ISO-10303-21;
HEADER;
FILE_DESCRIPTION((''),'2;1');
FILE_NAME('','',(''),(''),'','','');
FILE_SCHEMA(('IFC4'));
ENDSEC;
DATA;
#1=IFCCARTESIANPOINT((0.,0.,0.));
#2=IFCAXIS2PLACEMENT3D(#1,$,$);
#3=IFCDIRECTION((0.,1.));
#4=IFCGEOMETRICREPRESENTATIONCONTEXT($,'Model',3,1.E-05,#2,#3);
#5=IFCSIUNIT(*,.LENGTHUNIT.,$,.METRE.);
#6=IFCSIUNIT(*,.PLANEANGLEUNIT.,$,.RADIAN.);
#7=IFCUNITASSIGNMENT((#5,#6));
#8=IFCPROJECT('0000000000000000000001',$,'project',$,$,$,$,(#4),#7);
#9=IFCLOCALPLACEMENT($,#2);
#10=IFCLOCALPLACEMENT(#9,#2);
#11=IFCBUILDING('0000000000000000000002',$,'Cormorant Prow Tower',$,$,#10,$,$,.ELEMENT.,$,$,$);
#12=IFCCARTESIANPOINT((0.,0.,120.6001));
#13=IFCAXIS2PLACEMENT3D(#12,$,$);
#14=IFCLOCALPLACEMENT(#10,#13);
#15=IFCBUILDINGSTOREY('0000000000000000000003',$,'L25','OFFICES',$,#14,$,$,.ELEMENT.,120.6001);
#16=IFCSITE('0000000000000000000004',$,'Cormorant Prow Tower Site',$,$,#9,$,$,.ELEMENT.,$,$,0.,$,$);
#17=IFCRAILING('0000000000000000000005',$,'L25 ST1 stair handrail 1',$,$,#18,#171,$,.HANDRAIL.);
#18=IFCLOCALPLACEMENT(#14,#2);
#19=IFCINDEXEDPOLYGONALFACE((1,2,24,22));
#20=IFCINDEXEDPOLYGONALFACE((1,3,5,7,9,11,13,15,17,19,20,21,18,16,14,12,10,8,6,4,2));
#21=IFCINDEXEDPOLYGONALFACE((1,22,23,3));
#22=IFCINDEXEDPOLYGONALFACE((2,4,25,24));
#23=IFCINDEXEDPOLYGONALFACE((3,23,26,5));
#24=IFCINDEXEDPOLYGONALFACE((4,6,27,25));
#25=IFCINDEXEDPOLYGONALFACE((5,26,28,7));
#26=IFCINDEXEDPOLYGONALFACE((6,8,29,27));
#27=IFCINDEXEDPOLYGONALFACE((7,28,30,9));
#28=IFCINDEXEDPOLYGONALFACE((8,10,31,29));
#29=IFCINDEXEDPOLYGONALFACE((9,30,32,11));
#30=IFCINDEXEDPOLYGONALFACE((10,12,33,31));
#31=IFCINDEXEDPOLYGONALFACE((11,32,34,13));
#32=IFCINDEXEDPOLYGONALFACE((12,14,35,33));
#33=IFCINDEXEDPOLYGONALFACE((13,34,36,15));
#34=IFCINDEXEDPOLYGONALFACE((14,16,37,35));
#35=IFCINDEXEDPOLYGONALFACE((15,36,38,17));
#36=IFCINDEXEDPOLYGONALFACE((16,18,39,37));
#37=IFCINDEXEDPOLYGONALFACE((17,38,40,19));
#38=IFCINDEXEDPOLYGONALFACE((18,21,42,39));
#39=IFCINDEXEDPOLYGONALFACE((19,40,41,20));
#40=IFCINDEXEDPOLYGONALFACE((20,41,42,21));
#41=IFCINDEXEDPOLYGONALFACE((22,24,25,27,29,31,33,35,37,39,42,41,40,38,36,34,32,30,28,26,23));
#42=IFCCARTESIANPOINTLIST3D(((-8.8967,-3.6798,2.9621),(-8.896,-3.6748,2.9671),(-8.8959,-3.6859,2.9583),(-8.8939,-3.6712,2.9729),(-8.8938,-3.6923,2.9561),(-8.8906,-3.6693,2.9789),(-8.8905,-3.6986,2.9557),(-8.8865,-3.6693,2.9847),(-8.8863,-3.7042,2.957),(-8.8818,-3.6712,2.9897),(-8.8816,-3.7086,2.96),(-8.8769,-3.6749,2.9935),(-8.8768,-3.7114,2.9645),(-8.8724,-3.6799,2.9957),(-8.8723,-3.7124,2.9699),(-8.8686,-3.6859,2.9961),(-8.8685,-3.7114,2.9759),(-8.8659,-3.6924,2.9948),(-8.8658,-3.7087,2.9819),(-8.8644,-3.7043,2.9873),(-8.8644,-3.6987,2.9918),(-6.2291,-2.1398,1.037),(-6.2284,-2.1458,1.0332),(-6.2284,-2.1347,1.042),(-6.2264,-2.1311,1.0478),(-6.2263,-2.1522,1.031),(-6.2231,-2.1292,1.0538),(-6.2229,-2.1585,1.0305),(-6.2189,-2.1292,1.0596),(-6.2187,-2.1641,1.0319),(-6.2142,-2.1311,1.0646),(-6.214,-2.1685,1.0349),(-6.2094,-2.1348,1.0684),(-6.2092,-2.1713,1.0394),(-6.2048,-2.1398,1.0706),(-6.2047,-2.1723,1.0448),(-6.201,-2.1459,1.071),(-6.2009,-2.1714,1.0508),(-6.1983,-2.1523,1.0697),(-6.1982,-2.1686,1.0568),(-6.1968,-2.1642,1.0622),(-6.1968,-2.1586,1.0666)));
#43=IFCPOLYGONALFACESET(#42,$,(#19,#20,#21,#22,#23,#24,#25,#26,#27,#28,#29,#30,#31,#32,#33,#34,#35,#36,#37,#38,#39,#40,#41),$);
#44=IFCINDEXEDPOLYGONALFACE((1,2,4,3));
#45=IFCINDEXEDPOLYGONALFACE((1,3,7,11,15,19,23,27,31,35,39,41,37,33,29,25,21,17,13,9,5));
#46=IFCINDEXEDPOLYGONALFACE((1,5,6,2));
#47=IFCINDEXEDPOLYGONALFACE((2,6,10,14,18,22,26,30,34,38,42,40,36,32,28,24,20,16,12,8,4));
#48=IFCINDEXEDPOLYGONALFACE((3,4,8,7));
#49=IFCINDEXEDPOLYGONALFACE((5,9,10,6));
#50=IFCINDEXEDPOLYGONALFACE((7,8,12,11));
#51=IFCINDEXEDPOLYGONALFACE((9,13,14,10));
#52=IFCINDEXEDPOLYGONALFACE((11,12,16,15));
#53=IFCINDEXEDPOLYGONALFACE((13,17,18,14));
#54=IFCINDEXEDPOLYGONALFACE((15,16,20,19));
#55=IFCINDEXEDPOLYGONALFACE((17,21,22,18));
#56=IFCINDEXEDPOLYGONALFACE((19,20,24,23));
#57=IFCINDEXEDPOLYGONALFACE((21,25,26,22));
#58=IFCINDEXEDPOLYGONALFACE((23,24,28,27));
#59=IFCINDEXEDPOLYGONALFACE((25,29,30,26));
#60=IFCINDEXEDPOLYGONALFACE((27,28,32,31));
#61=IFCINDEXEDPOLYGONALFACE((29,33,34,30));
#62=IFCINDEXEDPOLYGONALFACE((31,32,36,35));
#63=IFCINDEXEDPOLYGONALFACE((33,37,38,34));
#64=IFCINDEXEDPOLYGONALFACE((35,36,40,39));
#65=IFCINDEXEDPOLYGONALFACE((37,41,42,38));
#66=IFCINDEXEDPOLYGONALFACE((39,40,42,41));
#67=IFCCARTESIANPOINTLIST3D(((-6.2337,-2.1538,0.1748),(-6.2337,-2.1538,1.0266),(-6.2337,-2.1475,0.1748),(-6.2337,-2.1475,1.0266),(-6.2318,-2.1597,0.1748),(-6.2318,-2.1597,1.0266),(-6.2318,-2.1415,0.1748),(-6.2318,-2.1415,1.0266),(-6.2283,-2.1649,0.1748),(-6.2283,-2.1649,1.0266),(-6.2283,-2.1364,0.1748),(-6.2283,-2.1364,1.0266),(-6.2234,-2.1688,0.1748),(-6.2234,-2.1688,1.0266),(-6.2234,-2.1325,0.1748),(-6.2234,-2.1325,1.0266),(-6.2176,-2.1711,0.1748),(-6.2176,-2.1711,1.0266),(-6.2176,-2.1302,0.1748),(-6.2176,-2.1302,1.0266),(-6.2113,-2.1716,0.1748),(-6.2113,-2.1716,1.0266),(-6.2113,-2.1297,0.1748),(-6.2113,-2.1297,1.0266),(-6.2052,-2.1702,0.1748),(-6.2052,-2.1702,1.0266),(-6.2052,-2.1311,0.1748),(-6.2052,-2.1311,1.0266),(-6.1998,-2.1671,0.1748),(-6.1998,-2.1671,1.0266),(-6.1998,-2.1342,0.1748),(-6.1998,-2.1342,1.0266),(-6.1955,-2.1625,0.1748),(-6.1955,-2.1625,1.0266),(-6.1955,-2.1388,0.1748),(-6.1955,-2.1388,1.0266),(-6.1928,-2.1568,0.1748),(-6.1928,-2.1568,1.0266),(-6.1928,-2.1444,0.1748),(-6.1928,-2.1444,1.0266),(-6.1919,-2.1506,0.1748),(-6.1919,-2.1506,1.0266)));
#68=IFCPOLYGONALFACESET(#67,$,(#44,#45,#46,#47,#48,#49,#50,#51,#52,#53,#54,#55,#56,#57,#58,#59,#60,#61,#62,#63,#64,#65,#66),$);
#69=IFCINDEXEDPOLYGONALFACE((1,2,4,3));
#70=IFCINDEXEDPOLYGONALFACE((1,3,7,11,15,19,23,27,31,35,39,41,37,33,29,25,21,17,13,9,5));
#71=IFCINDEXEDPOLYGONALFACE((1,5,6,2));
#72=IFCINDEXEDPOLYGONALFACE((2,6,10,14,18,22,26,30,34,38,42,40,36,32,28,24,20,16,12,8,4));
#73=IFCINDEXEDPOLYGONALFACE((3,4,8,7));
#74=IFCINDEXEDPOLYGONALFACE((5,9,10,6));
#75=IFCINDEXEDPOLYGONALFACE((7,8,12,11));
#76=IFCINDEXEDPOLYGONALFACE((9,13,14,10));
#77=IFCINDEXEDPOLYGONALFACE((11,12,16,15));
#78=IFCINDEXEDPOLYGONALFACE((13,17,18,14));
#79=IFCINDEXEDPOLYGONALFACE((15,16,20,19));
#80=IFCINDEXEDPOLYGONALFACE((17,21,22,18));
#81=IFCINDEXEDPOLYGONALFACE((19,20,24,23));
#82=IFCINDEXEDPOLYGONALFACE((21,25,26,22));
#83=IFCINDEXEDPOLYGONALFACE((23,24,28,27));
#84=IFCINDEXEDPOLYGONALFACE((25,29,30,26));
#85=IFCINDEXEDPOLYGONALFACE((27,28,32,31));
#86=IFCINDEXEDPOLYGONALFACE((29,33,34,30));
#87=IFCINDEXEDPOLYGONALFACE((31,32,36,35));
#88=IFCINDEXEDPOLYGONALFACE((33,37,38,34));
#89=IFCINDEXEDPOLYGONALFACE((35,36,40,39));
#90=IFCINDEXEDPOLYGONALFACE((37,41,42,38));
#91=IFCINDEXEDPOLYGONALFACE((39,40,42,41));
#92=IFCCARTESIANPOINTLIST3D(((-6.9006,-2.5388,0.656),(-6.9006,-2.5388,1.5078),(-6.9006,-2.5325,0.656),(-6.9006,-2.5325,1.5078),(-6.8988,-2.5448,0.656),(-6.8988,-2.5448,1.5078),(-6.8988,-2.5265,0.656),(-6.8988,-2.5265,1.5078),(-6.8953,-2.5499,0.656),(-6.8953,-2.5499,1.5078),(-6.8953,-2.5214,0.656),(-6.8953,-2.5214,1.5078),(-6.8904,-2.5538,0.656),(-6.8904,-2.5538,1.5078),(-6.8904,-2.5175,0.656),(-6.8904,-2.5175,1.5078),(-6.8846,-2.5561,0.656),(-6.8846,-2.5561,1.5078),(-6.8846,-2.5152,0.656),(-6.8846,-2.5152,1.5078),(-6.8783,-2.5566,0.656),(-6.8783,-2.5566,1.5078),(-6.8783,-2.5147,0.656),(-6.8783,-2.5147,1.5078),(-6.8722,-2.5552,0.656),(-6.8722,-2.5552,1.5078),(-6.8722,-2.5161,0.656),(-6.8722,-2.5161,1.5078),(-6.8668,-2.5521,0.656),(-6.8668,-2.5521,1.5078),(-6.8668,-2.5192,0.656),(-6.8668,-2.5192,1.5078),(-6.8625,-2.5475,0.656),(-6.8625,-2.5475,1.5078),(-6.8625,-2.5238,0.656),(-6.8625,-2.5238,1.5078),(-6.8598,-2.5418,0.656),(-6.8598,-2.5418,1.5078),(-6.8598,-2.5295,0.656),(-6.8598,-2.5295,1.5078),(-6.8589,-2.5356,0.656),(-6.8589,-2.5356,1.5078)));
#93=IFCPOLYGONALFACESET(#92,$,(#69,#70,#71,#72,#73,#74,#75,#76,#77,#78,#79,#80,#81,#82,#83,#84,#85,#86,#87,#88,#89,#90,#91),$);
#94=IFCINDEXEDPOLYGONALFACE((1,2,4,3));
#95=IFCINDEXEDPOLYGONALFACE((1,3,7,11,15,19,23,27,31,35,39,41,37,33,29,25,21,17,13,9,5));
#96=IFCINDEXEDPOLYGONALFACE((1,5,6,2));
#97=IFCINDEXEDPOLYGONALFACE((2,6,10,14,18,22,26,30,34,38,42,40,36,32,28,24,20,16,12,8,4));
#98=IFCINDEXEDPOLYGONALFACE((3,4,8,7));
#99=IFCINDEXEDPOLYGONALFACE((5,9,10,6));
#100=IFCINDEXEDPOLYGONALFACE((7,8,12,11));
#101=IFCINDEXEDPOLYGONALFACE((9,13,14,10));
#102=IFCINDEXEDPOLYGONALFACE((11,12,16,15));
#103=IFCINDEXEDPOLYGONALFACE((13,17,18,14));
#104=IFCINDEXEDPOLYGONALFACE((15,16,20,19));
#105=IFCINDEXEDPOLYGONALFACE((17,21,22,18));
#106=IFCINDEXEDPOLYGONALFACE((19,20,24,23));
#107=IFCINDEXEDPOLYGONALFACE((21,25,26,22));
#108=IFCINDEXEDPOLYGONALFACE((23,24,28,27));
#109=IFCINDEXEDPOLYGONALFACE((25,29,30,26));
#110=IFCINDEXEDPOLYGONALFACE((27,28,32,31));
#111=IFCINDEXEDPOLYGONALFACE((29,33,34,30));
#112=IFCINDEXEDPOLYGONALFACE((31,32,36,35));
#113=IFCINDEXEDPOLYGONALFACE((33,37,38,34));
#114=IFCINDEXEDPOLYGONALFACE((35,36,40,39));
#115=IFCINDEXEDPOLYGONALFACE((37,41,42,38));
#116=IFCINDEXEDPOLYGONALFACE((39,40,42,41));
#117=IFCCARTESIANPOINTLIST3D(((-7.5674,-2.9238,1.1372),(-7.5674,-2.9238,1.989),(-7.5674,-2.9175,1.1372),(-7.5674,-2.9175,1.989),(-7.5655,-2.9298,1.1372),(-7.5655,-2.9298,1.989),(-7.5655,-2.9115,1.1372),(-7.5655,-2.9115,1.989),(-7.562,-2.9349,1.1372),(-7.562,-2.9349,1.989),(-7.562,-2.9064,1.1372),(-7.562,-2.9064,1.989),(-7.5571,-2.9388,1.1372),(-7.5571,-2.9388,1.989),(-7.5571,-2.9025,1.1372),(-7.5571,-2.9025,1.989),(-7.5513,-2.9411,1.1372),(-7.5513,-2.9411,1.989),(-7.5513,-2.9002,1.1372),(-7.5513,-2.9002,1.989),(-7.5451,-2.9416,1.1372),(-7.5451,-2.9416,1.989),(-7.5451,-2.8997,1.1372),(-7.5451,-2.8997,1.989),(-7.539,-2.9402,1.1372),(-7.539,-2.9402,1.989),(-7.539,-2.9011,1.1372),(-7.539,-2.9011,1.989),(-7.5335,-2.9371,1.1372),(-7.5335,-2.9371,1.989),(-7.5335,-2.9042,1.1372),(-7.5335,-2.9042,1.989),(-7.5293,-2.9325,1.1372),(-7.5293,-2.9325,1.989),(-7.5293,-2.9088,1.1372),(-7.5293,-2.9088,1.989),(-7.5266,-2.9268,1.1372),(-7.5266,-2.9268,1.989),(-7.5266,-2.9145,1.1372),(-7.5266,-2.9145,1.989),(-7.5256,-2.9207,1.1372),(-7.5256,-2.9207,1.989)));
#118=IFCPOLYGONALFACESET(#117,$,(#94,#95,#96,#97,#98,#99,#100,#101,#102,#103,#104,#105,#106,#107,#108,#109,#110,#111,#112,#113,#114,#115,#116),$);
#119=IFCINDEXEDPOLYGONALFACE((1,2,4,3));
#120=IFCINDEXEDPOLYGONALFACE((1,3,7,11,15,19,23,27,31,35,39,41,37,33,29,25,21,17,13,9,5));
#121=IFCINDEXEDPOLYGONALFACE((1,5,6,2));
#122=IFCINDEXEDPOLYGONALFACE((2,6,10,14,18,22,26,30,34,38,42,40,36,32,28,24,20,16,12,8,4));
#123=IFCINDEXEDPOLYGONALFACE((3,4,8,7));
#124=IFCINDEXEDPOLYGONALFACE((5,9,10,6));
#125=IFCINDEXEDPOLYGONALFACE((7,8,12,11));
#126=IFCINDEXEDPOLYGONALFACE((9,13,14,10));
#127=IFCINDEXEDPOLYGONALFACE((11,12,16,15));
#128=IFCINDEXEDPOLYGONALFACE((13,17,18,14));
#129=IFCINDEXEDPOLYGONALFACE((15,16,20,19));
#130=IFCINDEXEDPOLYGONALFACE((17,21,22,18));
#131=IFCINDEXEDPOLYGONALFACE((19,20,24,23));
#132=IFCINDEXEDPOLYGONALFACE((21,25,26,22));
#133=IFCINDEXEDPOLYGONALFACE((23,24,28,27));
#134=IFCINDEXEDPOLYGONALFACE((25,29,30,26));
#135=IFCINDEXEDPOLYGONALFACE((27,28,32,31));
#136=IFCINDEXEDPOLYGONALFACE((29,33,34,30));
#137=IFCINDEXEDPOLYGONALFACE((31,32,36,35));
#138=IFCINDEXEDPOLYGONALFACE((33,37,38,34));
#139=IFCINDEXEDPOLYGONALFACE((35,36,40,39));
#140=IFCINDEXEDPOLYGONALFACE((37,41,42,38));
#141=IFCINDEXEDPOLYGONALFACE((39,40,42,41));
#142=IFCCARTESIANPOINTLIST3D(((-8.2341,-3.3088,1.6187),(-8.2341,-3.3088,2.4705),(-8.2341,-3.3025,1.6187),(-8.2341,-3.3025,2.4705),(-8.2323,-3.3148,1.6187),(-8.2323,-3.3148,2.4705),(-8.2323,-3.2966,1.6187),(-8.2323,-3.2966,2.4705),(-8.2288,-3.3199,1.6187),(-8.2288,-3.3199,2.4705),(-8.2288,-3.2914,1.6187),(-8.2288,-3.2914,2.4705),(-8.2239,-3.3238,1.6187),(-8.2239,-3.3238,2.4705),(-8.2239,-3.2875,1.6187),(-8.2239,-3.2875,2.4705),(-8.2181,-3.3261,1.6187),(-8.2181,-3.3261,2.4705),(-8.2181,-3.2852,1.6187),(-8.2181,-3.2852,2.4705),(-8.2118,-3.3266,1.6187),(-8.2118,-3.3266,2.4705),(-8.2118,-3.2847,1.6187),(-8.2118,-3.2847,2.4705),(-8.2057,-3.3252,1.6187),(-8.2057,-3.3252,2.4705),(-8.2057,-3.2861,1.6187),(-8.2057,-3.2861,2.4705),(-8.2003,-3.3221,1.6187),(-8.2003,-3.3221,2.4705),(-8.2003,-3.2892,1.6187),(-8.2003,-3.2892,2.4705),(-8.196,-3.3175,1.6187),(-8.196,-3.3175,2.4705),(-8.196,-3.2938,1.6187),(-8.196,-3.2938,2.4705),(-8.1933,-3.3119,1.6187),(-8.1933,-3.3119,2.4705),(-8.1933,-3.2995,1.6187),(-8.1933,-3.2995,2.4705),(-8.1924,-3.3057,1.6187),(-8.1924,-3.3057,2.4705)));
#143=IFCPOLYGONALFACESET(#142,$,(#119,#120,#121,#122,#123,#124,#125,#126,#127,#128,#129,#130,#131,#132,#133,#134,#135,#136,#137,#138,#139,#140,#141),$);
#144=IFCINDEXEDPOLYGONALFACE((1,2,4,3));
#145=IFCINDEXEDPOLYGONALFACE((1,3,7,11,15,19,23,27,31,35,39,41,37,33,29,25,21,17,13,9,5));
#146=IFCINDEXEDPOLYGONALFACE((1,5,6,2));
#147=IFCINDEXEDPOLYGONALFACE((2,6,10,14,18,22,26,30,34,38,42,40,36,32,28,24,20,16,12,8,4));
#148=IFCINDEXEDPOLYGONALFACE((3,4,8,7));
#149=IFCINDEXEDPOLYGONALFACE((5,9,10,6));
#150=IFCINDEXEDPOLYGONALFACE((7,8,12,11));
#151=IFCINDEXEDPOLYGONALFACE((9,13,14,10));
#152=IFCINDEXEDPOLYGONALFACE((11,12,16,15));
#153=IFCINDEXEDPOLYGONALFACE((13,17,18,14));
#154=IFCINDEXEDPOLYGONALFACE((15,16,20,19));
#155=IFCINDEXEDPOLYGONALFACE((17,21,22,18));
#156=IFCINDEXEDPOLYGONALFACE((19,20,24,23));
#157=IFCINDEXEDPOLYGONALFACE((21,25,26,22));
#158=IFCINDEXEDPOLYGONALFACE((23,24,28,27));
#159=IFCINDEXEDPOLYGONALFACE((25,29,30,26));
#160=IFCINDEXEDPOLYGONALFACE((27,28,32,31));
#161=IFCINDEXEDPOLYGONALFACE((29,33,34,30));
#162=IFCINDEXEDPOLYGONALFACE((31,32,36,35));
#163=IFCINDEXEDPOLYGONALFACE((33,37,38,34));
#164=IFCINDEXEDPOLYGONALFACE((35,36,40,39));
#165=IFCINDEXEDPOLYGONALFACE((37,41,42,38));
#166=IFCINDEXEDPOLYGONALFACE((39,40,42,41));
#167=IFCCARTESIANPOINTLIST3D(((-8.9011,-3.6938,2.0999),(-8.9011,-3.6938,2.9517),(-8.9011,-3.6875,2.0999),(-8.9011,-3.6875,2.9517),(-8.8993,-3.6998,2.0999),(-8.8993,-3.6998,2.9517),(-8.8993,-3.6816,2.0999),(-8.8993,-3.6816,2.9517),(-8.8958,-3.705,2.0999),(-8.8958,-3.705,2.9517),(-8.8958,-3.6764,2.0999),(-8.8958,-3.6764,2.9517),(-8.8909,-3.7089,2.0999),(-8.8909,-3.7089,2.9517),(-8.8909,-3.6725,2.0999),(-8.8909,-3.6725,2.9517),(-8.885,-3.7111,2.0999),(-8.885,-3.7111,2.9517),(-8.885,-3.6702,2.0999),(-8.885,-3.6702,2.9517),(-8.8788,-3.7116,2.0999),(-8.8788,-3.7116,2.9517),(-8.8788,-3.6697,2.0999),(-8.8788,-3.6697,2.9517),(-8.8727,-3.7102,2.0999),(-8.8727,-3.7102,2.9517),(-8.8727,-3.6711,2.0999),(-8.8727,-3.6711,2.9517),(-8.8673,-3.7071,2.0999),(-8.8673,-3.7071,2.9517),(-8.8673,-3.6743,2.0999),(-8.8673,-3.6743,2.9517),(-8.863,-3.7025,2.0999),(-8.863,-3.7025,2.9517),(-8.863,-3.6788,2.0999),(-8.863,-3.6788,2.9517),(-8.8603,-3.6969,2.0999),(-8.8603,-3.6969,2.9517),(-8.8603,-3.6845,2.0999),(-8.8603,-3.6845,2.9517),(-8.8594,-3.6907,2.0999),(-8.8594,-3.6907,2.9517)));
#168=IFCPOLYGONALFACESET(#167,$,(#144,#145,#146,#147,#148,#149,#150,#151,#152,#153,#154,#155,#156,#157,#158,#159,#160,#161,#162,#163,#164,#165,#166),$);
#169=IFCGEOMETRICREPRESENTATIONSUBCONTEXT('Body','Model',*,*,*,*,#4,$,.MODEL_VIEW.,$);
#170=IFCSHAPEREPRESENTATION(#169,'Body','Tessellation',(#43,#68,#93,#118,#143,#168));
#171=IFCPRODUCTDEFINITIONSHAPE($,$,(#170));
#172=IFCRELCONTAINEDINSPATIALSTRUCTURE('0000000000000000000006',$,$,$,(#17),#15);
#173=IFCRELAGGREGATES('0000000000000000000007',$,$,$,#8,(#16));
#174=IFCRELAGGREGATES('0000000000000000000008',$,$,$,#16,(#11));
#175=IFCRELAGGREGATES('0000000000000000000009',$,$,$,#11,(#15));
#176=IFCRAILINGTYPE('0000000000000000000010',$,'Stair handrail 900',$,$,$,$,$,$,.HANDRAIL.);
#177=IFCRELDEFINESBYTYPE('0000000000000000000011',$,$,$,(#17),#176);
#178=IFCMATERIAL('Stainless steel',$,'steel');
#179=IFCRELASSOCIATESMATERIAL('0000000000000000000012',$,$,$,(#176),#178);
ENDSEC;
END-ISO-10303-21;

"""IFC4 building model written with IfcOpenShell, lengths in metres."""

from ifc_helpers import new_model, si_unit, direction, frame, origin, origin_2d, place, context, subcontext, project, spatial, circle, extrude, material, type_object, element, save


model = new_model("IFC4")

# Units and contexts
model_context = context("Model", 3, precision=1e-05, world=origin(), true_north=direction((0.0, 1.0)))
body_context = subcontext(model_context, "Body", "Model", "MODEL_VIEW")
ifc_project = project(units=[si_unit("LENGTHUNIT", "METRE"), si_unit("PLANEANGLEUNIT", "RADIAN")], contexts=[model_context])

# Site, building, storey
site_placement = place(None, origin())
site = spatial("IfcSite", under=ifc_project, at=site_placement, Name="Cormorant Prow Tower Site", CompositionType="ELEMENT", RefElevation=0.0)
building_placement = place(site_placement, origin())
building = spatial("IfcBuilding", under=site, at=building_placement, Name="Cormorant Prow Tower", CompositionType="ELEMENT")
storey_placement = place(building_placement, frame((0.0, 0.0, 120.6001)))
storey = spatial("IfcBuildingStorey", under=building, at=storey_placement, Name="L25", Description="OFFICES", CompositionType="ELEMENT", Elevation=120.6001)

# Railing
ifc_material_1 = material(Name="Stainless steel", Category="steel")
railing_type = type_object("IfcRailingType", Name="Stair handrail 900", PredefinedType="HANDRAIL", material=ifc_material_1)
railing_1_placement = place(storey_placement, frame((-6.2129, -2.1506, 0.1748)))
element("IfcRailing", 1, at=railing_1_placement, inside=storey, type_object=railing_type, Name="L25 ST1 stair handrail 1", PredefinedType="HANDRAIL", context=body_context, shape_type="SweptSolid", body=[
    extrude(circle(Radius=0.0239, at=origin_2d()), frame((0.0, 0.0, 0.876), z_axis=(-0.734395, -0.423994, 0.529993), x_axis=(0.499992, -0.86603, 0.0)), (0.0, 0.0, 1.0), 3.6323),
    extrude(circle(Radius=0.021, at=origin_2d()), origin(), (0.0, 0.0, 1.0), 0.8518),
    extrude(circle(Radius=0.021, at=origin_2d()), frame((-0.667, -0.385, 0.4812)), (0.0, 0.0, 1.0), 0.8518),
    extrude(circle(Radius=0.021, at=origin_2d()), frame((-1.3337, -0.77, 0.9624)), (0.0, 0.0, 1.0), 0.8518),
    extrude(circle(Radius=0.021, at=origin_2d()), frame((-2.0005, -1.155, 1.4438)), (0.0, 0.0, 1.0), 0.8518),
    extrude(circle(Radius=0.021, at=origin_2d()), frame((-2.6675, -1.54, 1.925)), (0.0, 0.0, 1.0), 0.8518),
])

save(model, "model.ifc")
